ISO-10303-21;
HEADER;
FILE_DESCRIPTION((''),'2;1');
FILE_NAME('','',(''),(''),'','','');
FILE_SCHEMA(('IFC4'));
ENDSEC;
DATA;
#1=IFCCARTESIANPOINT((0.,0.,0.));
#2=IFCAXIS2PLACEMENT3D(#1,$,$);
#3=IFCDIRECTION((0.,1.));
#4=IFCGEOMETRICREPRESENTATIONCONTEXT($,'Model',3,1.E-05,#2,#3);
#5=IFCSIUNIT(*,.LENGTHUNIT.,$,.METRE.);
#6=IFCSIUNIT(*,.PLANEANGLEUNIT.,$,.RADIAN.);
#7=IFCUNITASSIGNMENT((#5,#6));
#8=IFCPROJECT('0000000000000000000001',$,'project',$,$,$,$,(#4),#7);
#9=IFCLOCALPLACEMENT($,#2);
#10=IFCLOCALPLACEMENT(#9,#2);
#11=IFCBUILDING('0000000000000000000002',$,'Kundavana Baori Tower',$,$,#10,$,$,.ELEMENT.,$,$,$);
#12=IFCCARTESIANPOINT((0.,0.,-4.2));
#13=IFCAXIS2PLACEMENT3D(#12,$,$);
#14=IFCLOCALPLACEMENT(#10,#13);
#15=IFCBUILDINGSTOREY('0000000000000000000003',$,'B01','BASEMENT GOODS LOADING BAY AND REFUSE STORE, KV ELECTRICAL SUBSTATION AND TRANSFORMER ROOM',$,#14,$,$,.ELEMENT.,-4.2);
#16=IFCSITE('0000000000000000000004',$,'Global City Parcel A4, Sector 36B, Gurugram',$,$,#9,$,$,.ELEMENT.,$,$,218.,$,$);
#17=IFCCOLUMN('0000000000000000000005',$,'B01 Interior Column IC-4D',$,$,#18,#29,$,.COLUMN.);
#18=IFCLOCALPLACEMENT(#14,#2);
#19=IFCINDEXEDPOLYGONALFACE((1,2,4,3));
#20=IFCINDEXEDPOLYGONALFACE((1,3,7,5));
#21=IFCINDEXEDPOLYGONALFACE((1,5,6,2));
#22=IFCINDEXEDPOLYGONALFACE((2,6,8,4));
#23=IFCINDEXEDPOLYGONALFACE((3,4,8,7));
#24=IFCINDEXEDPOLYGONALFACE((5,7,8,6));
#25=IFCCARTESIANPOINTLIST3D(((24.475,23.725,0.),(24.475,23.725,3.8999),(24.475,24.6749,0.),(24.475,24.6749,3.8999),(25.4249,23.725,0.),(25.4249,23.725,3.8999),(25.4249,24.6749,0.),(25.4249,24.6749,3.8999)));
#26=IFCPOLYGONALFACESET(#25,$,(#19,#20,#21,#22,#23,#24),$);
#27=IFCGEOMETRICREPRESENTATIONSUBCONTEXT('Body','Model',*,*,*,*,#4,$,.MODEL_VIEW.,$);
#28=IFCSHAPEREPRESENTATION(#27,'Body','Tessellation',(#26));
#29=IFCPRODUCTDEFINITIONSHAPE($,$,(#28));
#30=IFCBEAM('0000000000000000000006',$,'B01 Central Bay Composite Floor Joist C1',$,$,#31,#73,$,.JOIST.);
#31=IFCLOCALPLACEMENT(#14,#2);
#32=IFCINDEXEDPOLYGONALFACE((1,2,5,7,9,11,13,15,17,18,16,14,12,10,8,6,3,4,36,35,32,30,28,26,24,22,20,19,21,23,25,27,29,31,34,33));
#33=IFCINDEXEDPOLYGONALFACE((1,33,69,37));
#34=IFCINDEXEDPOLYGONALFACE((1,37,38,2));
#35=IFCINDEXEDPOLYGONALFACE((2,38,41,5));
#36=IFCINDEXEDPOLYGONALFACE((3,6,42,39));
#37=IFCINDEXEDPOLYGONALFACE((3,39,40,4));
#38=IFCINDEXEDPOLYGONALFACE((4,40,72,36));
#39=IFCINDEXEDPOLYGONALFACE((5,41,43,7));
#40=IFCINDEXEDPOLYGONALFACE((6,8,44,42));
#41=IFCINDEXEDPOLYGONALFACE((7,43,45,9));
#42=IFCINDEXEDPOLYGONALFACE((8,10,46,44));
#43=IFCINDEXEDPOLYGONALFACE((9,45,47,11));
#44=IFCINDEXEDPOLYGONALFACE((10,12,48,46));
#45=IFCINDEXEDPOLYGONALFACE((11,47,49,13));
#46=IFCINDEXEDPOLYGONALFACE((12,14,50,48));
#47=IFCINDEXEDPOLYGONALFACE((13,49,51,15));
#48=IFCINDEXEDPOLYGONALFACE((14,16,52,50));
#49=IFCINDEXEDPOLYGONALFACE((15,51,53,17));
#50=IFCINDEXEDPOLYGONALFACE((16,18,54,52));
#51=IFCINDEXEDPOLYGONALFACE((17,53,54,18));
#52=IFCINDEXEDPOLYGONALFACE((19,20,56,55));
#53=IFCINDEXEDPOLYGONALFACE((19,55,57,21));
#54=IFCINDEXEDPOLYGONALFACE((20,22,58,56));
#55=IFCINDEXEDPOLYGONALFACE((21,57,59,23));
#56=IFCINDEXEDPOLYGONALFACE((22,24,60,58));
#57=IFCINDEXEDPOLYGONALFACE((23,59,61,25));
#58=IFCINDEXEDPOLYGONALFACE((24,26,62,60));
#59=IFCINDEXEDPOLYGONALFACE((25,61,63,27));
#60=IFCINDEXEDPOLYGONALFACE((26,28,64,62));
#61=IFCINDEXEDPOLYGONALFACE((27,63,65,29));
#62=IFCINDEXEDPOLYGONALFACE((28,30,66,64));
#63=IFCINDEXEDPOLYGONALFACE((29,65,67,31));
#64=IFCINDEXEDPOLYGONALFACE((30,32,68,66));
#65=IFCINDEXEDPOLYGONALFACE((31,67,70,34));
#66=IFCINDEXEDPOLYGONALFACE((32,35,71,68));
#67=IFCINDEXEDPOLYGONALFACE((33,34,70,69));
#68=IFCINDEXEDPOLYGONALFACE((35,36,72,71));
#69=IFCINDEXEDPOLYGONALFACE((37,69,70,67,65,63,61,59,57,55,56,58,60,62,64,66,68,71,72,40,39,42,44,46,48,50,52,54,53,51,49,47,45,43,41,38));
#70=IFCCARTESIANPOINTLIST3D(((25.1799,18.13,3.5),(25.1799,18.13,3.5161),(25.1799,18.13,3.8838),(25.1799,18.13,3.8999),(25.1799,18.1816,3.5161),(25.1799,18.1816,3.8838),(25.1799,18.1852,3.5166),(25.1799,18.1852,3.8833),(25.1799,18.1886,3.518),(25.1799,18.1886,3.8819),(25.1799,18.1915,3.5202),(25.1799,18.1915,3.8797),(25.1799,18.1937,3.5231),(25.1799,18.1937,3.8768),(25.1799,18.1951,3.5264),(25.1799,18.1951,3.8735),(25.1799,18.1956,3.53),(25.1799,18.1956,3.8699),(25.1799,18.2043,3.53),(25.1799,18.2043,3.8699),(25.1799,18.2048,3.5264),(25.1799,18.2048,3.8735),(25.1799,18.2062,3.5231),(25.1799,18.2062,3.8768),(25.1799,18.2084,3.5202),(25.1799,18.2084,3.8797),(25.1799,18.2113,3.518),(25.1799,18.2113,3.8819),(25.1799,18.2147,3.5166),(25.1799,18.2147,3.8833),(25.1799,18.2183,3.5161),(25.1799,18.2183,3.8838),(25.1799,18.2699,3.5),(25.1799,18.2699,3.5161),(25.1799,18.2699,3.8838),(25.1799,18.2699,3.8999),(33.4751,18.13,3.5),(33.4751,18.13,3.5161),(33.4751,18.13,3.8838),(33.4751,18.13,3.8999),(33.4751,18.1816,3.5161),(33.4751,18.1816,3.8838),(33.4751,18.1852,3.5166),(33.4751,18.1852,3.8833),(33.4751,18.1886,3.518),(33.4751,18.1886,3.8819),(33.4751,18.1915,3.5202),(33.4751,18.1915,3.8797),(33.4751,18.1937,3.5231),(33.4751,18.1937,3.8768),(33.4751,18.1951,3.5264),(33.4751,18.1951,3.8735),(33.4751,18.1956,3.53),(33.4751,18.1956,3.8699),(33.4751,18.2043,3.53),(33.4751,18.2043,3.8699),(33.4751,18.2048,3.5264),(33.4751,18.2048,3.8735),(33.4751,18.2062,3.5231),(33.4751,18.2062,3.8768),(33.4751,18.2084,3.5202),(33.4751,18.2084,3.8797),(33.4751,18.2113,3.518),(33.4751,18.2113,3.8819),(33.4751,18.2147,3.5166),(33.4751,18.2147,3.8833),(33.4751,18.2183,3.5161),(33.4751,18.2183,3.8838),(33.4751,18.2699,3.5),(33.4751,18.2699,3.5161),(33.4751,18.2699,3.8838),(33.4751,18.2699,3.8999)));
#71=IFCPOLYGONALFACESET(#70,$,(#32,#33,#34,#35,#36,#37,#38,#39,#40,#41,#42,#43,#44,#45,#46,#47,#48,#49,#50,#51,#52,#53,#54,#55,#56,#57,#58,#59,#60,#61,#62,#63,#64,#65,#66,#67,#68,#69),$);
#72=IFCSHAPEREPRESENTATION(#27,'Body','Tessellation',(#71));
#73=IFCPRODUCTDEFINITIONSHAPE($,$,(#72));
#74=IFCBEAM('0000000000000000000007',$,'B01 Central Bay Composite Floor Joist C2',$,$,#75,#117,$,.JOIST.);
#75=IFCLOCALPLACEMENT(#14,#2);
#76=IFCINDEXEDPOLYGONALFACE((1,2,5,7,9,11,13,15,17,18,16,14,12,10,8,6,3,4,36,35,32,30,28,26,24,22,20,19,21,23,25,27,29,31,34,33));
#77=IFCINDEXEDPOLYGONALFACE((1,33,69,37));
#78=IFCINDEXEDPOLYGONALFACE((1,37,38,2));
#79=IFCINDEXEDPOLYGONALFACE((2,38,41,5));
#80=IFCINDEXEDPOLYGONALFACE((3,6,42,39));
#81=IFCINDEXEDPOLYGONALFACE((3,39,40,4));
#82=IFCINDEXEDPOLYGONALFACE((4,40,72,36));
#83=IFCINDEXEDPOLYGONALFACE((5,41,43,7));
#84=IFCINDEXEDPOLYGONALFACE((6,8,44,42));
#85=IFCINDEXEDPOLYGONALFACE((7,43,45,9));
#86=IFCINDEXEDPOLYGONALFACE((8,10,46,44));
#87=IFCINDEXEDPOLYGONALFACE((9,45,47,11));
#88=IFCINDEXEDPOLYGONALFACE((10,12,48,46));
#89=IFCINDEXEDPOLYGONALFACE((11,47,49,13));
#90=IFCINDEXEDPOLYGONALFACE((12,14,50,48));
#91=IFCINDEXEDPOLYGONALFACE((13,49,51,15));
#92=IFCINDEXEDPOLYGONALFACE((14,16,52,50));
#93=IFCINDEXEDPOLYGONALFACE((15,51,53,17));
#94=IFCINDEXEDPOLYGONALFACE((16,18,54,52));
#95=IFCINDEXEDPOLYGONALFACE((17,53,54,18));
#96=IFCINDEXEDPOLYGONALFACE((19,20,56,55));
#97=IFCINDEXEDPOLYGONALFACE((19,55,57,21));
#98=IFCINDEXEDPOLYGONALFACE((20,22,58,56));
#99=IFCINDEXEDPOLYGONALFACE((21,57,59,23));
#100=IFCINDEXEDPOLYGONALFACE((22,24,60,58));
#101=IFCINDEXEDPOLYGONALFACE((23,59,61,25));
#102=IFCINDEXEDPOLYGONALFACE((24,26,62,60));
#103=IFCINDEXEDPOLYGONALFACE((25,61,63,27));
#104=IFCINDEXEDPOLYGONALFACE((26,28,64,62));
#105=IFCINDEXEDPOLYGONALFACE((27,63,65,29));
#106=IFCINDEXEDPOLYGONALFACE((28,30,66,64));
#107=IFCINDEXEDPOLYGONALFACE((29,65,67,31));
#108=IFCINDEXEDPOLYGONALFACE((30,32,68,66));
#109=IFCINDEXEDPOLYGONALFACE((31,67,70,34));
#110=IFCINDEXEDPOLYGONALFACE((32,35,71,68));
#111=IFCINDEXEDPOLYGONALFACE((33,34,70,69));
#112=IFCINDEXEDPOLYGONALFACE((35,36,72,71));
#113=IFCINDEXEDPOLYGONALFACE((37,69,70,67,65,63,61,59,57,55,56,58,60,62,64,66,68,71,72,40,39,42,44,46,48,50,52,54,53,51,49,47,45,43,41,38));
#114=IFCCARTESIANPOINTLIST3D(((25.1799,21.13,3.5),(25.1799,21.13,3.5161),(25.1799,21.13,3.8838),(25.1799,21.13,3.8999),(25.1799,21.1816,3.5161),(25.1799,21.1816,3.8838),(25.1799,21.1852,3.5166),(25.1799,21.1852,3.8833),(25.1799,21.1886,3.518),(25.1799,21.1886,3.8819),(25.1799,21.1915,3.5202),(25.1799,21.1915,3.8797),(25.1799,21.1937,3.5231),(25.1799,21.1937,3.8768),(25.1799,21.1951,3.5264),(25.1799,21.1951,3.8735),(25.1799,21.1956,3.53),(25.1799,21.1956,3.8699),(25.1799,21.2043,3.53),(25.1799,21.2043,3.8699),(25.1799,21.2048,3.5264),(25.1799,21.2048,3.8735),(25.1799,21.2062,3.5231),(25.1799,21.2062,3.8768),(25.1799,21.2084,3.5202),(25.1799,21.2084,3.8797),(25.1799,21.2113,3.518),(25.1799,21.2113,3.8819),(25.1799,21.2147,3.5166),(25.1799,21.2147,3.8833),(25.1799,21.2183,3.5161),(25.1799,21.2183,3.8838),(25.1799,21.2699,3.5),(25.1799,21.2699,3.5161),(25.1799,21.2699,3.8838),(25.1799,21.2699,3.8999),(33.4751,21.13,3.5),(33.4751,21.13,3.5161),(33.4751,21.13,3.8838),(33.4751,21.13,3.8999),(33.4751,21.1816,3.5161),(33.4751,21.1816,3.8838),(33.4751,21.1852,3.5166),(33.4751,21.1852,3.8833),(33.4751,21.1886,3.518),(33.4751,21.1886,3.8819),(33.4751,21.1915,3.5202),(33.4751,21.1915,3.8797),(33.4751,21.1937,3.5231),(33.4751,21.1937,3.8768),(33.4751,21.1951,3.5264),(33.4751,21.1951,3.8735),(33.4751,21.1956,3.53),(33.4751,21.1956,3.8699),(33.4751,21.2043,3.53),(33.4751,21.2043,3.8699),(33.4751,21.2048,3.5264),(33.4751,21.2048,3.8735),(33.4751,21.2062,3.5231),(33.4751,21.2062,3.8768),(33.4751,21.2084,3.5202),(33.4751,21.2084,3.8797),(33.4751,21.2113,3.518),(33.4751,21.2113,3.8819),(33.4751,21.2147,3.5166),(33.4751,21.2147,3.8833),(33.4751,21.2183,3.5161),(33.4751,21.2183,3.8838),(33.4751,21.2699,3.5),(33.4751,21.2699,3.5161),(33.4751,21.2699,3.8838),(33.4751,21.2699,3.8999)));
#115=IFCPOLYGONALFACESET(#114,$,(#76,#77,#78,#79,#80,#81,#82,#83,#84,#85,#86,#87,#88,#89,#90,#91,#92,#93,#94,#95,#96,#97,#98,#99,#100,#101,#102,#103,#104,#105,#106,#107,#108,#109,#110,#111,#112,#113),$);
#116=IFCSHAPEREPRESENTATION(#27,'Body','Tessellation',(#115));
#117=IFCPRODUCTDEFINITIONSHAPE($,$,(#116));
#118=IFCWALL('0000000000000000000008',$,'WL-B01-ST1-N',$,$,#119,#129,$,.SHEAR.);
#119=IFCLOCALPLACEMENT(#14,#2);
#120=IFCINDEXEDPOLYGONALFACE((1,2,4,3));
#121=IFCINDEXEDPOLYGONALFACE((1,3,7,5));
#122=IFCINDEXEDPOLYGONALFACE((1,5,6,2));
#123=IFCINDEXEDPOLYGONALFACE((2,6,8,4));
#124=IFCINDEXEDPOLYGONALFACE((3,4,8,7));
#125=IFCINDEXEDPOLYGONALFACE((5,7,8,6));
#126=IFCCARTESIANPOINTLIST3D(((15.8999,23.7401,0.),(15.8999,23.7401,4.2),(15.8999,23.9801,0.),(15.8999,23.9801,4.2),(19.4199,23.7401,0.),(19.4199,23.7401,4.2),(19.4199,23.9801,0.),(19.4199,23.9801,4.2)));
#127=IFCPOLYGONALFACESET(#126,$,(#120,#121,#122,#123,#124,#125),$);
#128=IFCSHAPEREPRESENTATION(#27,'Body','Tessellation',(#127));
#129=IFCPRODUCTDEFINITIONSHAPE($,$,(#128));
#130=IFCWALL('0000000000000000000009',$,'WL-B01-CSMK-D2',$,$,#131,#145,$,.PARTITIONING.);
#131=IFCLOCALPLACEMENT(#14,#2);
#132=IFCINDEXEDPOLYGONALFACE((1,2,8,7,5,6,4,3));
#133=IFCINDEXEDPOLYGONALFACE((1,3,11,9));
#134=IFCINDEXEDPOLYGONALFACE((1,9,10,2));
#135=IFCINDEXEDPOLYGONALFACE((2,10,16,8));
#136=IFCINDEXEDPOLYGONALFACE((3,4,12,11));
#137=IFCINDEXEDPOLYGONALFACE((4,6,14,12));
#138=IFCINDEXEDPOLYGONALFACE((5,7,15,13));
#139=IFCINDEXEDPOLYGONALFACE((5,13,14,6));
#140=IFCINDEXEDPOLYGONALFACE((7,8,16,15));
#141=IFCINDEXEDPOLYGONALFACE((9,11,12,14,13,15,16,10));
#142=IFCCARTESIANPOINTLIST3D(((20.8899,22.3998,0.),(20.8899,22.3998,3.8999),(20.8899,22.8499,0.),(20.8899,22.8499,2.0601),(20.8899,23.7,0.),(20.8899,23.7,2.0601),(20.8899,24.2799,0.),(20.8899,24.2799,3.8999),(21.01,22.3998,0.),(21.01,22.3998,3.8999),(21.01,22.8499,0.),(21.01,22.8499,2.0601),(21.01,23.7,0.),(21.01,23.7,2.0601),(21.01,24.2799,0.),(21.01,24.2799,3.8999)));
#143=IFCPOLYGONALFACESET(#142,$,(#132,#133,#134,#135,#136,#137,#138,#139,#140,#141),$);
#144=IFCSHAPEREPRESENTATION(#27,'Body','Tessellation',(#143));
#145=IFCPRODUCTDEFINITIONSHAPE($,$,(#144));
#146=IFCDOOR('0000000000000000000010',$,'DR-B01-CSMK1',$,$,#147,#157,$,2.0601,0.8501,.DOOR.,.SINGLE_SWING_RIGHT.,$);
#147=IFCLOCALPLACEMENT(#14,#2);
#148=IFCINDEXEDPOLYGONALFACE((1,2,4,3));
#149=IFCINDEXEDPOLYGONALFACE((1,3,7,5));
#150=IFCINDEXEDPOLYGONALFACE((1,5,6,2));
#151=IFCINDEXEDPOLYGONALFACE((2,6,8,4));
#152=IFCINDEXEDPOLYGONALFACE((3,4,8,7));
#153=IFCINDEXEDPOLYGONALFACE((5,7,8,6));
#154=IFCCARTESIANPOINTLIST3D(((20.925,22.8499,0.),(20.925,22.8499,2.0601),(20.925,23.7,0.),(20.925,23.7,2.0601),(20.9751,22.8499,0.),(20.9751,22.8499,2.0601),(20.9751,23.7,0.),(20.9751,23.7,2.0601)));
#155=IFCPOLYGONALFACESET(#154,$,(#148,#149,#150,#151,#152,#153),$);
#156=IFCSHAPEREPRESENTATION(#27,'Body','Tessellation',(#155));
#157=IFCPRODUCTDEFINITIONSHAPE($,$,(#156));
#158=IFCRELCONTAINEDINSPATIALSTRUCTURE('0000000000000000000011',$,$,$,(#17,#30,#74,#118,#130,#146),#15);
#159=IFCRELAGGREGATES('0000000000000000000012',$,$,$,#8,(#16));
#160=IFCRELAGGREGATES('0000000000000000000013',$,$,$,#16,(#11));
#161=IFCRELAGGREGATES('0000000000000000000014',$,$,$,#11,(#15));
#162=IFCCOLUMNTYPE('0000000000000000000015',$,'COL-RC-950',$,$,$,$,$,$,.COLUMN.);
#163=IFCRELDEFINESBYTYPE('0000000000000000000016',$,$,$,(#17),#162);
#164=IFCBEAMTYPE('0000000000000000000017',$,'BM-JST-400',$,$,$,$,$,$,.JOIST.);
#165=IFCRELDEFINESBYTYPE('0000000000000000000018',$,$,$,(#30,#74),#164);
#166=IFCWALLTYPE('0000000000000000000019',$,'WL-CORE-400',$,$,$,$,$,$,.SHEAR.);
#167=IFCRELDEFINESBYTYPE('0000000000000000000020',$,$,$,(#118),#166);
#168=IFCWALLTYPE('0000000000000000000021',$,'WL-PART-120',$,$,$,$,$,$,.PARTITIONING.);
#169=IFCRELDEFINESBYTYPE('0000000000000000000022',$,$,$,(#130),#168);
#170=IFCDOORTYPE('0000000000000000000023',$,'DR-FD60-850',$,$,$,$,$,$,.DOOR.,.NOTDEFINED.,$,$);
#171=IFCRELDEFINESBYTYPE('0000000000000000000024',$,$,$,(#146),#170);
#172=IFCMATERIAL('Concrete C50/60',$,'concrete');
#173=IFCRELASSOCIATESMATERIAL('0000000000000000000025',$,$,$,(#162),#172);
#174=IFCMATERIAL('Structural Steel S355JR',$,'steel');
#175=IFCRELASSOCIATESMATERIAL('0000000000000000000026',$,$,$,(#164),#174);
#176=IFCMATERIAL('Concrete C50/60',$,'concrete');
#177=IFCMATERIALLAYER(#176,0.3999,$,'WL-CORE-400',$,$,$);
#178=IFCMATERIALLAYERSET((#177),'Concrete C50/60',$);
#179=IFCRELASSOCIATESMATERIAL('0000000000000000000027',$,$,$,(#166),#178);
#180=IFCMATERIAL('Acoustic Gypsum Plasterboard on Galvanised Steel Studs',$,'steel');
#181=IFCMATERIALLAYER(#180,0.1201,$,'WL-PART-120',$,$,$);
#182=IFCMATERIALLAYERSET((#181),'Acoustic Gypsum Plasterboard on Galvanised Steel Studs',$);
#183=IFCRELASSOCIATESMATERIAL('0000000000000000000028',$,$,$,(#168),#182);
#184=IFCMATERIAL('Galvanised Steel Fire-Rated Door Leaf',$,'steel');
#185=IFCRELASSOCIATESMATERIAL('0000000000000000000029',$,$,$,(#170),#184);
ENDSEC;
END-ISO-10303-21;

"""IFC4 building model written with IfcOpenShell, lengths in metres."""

from ifc_helpers import new_model, si_unit, direction, frame, frame_2d, origin, origin_2d, place, context, subcontext, project, spatial, rectangle, i_section, extrude, material, layer, layer_set, material_profile, profile_set, type_object, element, fill, save


model = new_model("IFC4")

# Units and contexts
model_context = context("Model", 3, precision=1e-05, world=origin(), true_north=direction((0.0, 1.0)))
body_context = subcontext(model_context, "Body", "Model", "MODEL_VIEW")
ifc_project = project(units=[si_unit("LENGTHUNIT", "METRE"), si_unit("PLANEANGLEUNIT", "RADIAN")], contexts=[model_context])

# Site, building, storey
site_placement = place(None, origin())
site = spatial("IfcSite", under=ifc_project, at=site_placement, Name="Global City Parcel A4, Sector 36B, Gurugram", CompositionType="ELEMENT", RefElevation=218.0)
building_placement = place(site_placement, origin())
building = spatial("IfcBuilding", under=site, at=building_placement, Name="Kundavana Baori Tower", CompositionType="ELEMENT")
storey_placement = place(building_placement, frame((0.0, 0.0, -4.2)))
storey = spatial("IfcBuildingStorey", under=building, at=storey_placement, Name="B01", Description="BASEMENT GOODS LOADING BAY AND REFUSE STORE, KV ELECTRICAL SUBSTATION AND TRANSFORMER ROOM", CompositionType="ELEMENT", Elevation=-4.2)

# Column
ifc_material_1 = material(Name="Concrete C50/60", Category="concrete")
ifc_material_profile_1 = material_profile(ifc_material_1, rectangle(XDim=0.95, YDim=0.95, at=origin_2d()), Name="RC 950x950")
ifc_profile_set_1 = profile_set([ifc_material_profile_1], Name="Concrete C50/60")
column_type = type_object("IfcColumnType", Name="COL-RC-950", PredefinedType="COLUMN", material=ifc_profile_set_1)
column_placement = place(storey_placement, frame((24.95, 24.2, 0.0), z_axis=(0.0, 0.0, 1.0), x_axis=(1.0, 0.0, 0.0)))
element("IfcColumn", 1, at=column_placement, inside=storey, type_object=column_type, Name="B01 Interior Column IC-4D", PredefinedType="COLUMN", context=body_context, shape_type="SweptSolid", body=[
    extrude(rectangle(XDim=0.95, YDim=0.95, at=origin_2d()), origin(), (0.0, 0.0, 1.0), 3.8999),
])

# Beams
ifc_material_2 = material(Name="Structural Steel S355JR", Category="steel")
ifc_material_profile_2 = material_profile(ifc_material_2, i_section(OverallWidth=0.1399, OverallDepth=0.3999, WebThickness=0.0088, FlangeThickness=0.0161, FilletRadius=0.0139, at=origin_2d()), Name="ISMB 400")
ifc_profile_set_2 = profile_set([ifc_material_profile_2], Name="Structural Steel S355JR")
beam_type = type_object("IfcBeamType", Name="BM-JST-400", PredefinedType="JOIST", material=ifc_profile_set_2)
for number, where, z_axis, x_axis, name in (
    (2, (25.1799, 18.2, 3.7), (1.0, 0.0, 0.0), (0.0, 1.0, 0.0), "B01 Central Bay Composite Floor Joist C1"),
    (3, (25.1799, 21.2, 3.7), (1.0, 0.0, 0.0), (0.0, 1.0, 0.0), "B01 Central Bay Composite Floor Joist C2"),
):
    element("IfcBeam", number, at=place(storey_placement, frame(where, z_axis=z_axis, x_axis=x_axis)), inside=storey, type_object=beam_type, Name=name, PredefinedType="JOIST", context=body_context, shape_type="SweptSolid", body=[
        extrude(i_section(OverallWidth=0.1399, OverallDepth=0.3999, WebThickness=0.0088, FlangeThickness=0.0161, FilletRadius=0.0139, at=origin_2d()), origin(), (0.0, 0.0, 1.0), 8.2952),
    ])

# Wall
ifc_material_3 = material(Name="Concrete C50/60", Category="concrete")
ifc_layer_1 = layer(ifc_material_3, 0.3999, Name="WL-CORE-400")
ifc_layer_set_1 = layer_set([ifc_layer_1], Name="Concrete C50/60")
wall_type_1 = type_object("IfcWallType", Name="WL-CORE-400", PredefinedType="SHEAR", material=ifc_layer_set_1)
wall_1_placement = place(storey_placement, frame((15.8999, 23.8601, 0.0), z_axis=(0.0, 0.0, 1.0), x_axis=(1.0, 0.0, 0.0)))
element("IfcWall", 4, at=wall_1_placement, inside=storey, type_object=wall_type_1, Name="WL-B01-ST1-N", PredefinedType="SHEAR", context=body_context, shape_type="SweptSolid", body=[
    extrude(rectangle(XDim=3.52, YDim=0.24, at=frame_2d((1.76, 0.0))), origin(), (0.0, 0.0, 1.0), 4.2),
])

# Wall, opening, door
ifc_material_4 = material(Name="Acoustic Gypsum Plasterboard on Galvanised Steel Studs", Category="steel")
ifc_layer_2 = layer(ifc_material_4, 0.1201, Name="WL-PART-120")
ifc_layer_set_2 = layer_set([ifc_layer_2], Name="Acoustic Gypsum Plasterboard on Galvanised Steel Studs")
wall_type_2 = type_object("IfcWallType", Name="WL-PART-120", PredefinedType="PARTITIONING", material=ifc_layer_set_2)
wall_2_placement = place(storey_placement, frame((20.95, 22.3999, 0.0), z_axis=(0.0, 0.0, 1.0), x_axis=(0.0, 1.0, 0.0)))
wall_2 = element("IfcWall", 5, at=wall_2_placement, inside=storey, type_object=wall_type_2, Name="WL-B01-CSMK-D2", PredefinedType="PARTITIONING", context=body_context, shape_type="SweptSolid", body=[
    extrude(rectangle(XDim=1.8801, YDim=0.1201, at=frame_2d((0.9399, 0.0))), origin(), (0.0, 0.0, 1.0), 3.8999),
])
opening_1_placement = place(wall_2_placement, frame((0.45, 0.0, 0.0)))
opening_1 = element("IfcOpeningElement", 6, at=opening_1_placement, cuts=wall_2, PredefinedType="OPENING", context=body_context, shape_type="SweptSolid", body=[
    extrude(rectangle(XDim=0.8501, YDim=2.0601, at=frame_2d((0.425, 1.03))), frame((0.0, 0.0701, 0.0), z_axis=(0.0, -1.0, 0.0), x_axis=(1.0, 0.0, 0.0)), (0.0, 0.0, 1.0), 0.1401),
])
ifc_material_5 = material(Name="Galvanised Steel Fire-Rated Door Leaf", Category="steel")
door_type_1 = type_object("IfcDoorType", Name="DR-FD60-850", OperationType="NOTDEFINED", PredefinedType="DOOR", material=ifc_material_5)
door_1_placement = place(opening_1_placement, origin())
door_1 = element("IfcDoor", 7, at=door_1_placement, inside=storey, type_object=door_type_1, Name="DR-B01-CSMK1", OperationType="SINGLE_SWING_RIGHT", OverallHeight=2.0601, OverallWidth=0.8501, PredefinedType="DOOR", context=body_context, shape_type="SweptSolid", body=[
    extrude(rectangle(XDim=0.8501, YDim=2.0601, at=frame_2d((0.425, 1.03))), frame((0.0, 0.0249, 0.0), z_axis=(0.0, -1.0, 0.0), x_axis=(1.0, 0.0, 0.0)), (0.0, 0.0, 1.0), 0.05),
])
fill(opening_1, door_1)

save(model, "model.ifc")
